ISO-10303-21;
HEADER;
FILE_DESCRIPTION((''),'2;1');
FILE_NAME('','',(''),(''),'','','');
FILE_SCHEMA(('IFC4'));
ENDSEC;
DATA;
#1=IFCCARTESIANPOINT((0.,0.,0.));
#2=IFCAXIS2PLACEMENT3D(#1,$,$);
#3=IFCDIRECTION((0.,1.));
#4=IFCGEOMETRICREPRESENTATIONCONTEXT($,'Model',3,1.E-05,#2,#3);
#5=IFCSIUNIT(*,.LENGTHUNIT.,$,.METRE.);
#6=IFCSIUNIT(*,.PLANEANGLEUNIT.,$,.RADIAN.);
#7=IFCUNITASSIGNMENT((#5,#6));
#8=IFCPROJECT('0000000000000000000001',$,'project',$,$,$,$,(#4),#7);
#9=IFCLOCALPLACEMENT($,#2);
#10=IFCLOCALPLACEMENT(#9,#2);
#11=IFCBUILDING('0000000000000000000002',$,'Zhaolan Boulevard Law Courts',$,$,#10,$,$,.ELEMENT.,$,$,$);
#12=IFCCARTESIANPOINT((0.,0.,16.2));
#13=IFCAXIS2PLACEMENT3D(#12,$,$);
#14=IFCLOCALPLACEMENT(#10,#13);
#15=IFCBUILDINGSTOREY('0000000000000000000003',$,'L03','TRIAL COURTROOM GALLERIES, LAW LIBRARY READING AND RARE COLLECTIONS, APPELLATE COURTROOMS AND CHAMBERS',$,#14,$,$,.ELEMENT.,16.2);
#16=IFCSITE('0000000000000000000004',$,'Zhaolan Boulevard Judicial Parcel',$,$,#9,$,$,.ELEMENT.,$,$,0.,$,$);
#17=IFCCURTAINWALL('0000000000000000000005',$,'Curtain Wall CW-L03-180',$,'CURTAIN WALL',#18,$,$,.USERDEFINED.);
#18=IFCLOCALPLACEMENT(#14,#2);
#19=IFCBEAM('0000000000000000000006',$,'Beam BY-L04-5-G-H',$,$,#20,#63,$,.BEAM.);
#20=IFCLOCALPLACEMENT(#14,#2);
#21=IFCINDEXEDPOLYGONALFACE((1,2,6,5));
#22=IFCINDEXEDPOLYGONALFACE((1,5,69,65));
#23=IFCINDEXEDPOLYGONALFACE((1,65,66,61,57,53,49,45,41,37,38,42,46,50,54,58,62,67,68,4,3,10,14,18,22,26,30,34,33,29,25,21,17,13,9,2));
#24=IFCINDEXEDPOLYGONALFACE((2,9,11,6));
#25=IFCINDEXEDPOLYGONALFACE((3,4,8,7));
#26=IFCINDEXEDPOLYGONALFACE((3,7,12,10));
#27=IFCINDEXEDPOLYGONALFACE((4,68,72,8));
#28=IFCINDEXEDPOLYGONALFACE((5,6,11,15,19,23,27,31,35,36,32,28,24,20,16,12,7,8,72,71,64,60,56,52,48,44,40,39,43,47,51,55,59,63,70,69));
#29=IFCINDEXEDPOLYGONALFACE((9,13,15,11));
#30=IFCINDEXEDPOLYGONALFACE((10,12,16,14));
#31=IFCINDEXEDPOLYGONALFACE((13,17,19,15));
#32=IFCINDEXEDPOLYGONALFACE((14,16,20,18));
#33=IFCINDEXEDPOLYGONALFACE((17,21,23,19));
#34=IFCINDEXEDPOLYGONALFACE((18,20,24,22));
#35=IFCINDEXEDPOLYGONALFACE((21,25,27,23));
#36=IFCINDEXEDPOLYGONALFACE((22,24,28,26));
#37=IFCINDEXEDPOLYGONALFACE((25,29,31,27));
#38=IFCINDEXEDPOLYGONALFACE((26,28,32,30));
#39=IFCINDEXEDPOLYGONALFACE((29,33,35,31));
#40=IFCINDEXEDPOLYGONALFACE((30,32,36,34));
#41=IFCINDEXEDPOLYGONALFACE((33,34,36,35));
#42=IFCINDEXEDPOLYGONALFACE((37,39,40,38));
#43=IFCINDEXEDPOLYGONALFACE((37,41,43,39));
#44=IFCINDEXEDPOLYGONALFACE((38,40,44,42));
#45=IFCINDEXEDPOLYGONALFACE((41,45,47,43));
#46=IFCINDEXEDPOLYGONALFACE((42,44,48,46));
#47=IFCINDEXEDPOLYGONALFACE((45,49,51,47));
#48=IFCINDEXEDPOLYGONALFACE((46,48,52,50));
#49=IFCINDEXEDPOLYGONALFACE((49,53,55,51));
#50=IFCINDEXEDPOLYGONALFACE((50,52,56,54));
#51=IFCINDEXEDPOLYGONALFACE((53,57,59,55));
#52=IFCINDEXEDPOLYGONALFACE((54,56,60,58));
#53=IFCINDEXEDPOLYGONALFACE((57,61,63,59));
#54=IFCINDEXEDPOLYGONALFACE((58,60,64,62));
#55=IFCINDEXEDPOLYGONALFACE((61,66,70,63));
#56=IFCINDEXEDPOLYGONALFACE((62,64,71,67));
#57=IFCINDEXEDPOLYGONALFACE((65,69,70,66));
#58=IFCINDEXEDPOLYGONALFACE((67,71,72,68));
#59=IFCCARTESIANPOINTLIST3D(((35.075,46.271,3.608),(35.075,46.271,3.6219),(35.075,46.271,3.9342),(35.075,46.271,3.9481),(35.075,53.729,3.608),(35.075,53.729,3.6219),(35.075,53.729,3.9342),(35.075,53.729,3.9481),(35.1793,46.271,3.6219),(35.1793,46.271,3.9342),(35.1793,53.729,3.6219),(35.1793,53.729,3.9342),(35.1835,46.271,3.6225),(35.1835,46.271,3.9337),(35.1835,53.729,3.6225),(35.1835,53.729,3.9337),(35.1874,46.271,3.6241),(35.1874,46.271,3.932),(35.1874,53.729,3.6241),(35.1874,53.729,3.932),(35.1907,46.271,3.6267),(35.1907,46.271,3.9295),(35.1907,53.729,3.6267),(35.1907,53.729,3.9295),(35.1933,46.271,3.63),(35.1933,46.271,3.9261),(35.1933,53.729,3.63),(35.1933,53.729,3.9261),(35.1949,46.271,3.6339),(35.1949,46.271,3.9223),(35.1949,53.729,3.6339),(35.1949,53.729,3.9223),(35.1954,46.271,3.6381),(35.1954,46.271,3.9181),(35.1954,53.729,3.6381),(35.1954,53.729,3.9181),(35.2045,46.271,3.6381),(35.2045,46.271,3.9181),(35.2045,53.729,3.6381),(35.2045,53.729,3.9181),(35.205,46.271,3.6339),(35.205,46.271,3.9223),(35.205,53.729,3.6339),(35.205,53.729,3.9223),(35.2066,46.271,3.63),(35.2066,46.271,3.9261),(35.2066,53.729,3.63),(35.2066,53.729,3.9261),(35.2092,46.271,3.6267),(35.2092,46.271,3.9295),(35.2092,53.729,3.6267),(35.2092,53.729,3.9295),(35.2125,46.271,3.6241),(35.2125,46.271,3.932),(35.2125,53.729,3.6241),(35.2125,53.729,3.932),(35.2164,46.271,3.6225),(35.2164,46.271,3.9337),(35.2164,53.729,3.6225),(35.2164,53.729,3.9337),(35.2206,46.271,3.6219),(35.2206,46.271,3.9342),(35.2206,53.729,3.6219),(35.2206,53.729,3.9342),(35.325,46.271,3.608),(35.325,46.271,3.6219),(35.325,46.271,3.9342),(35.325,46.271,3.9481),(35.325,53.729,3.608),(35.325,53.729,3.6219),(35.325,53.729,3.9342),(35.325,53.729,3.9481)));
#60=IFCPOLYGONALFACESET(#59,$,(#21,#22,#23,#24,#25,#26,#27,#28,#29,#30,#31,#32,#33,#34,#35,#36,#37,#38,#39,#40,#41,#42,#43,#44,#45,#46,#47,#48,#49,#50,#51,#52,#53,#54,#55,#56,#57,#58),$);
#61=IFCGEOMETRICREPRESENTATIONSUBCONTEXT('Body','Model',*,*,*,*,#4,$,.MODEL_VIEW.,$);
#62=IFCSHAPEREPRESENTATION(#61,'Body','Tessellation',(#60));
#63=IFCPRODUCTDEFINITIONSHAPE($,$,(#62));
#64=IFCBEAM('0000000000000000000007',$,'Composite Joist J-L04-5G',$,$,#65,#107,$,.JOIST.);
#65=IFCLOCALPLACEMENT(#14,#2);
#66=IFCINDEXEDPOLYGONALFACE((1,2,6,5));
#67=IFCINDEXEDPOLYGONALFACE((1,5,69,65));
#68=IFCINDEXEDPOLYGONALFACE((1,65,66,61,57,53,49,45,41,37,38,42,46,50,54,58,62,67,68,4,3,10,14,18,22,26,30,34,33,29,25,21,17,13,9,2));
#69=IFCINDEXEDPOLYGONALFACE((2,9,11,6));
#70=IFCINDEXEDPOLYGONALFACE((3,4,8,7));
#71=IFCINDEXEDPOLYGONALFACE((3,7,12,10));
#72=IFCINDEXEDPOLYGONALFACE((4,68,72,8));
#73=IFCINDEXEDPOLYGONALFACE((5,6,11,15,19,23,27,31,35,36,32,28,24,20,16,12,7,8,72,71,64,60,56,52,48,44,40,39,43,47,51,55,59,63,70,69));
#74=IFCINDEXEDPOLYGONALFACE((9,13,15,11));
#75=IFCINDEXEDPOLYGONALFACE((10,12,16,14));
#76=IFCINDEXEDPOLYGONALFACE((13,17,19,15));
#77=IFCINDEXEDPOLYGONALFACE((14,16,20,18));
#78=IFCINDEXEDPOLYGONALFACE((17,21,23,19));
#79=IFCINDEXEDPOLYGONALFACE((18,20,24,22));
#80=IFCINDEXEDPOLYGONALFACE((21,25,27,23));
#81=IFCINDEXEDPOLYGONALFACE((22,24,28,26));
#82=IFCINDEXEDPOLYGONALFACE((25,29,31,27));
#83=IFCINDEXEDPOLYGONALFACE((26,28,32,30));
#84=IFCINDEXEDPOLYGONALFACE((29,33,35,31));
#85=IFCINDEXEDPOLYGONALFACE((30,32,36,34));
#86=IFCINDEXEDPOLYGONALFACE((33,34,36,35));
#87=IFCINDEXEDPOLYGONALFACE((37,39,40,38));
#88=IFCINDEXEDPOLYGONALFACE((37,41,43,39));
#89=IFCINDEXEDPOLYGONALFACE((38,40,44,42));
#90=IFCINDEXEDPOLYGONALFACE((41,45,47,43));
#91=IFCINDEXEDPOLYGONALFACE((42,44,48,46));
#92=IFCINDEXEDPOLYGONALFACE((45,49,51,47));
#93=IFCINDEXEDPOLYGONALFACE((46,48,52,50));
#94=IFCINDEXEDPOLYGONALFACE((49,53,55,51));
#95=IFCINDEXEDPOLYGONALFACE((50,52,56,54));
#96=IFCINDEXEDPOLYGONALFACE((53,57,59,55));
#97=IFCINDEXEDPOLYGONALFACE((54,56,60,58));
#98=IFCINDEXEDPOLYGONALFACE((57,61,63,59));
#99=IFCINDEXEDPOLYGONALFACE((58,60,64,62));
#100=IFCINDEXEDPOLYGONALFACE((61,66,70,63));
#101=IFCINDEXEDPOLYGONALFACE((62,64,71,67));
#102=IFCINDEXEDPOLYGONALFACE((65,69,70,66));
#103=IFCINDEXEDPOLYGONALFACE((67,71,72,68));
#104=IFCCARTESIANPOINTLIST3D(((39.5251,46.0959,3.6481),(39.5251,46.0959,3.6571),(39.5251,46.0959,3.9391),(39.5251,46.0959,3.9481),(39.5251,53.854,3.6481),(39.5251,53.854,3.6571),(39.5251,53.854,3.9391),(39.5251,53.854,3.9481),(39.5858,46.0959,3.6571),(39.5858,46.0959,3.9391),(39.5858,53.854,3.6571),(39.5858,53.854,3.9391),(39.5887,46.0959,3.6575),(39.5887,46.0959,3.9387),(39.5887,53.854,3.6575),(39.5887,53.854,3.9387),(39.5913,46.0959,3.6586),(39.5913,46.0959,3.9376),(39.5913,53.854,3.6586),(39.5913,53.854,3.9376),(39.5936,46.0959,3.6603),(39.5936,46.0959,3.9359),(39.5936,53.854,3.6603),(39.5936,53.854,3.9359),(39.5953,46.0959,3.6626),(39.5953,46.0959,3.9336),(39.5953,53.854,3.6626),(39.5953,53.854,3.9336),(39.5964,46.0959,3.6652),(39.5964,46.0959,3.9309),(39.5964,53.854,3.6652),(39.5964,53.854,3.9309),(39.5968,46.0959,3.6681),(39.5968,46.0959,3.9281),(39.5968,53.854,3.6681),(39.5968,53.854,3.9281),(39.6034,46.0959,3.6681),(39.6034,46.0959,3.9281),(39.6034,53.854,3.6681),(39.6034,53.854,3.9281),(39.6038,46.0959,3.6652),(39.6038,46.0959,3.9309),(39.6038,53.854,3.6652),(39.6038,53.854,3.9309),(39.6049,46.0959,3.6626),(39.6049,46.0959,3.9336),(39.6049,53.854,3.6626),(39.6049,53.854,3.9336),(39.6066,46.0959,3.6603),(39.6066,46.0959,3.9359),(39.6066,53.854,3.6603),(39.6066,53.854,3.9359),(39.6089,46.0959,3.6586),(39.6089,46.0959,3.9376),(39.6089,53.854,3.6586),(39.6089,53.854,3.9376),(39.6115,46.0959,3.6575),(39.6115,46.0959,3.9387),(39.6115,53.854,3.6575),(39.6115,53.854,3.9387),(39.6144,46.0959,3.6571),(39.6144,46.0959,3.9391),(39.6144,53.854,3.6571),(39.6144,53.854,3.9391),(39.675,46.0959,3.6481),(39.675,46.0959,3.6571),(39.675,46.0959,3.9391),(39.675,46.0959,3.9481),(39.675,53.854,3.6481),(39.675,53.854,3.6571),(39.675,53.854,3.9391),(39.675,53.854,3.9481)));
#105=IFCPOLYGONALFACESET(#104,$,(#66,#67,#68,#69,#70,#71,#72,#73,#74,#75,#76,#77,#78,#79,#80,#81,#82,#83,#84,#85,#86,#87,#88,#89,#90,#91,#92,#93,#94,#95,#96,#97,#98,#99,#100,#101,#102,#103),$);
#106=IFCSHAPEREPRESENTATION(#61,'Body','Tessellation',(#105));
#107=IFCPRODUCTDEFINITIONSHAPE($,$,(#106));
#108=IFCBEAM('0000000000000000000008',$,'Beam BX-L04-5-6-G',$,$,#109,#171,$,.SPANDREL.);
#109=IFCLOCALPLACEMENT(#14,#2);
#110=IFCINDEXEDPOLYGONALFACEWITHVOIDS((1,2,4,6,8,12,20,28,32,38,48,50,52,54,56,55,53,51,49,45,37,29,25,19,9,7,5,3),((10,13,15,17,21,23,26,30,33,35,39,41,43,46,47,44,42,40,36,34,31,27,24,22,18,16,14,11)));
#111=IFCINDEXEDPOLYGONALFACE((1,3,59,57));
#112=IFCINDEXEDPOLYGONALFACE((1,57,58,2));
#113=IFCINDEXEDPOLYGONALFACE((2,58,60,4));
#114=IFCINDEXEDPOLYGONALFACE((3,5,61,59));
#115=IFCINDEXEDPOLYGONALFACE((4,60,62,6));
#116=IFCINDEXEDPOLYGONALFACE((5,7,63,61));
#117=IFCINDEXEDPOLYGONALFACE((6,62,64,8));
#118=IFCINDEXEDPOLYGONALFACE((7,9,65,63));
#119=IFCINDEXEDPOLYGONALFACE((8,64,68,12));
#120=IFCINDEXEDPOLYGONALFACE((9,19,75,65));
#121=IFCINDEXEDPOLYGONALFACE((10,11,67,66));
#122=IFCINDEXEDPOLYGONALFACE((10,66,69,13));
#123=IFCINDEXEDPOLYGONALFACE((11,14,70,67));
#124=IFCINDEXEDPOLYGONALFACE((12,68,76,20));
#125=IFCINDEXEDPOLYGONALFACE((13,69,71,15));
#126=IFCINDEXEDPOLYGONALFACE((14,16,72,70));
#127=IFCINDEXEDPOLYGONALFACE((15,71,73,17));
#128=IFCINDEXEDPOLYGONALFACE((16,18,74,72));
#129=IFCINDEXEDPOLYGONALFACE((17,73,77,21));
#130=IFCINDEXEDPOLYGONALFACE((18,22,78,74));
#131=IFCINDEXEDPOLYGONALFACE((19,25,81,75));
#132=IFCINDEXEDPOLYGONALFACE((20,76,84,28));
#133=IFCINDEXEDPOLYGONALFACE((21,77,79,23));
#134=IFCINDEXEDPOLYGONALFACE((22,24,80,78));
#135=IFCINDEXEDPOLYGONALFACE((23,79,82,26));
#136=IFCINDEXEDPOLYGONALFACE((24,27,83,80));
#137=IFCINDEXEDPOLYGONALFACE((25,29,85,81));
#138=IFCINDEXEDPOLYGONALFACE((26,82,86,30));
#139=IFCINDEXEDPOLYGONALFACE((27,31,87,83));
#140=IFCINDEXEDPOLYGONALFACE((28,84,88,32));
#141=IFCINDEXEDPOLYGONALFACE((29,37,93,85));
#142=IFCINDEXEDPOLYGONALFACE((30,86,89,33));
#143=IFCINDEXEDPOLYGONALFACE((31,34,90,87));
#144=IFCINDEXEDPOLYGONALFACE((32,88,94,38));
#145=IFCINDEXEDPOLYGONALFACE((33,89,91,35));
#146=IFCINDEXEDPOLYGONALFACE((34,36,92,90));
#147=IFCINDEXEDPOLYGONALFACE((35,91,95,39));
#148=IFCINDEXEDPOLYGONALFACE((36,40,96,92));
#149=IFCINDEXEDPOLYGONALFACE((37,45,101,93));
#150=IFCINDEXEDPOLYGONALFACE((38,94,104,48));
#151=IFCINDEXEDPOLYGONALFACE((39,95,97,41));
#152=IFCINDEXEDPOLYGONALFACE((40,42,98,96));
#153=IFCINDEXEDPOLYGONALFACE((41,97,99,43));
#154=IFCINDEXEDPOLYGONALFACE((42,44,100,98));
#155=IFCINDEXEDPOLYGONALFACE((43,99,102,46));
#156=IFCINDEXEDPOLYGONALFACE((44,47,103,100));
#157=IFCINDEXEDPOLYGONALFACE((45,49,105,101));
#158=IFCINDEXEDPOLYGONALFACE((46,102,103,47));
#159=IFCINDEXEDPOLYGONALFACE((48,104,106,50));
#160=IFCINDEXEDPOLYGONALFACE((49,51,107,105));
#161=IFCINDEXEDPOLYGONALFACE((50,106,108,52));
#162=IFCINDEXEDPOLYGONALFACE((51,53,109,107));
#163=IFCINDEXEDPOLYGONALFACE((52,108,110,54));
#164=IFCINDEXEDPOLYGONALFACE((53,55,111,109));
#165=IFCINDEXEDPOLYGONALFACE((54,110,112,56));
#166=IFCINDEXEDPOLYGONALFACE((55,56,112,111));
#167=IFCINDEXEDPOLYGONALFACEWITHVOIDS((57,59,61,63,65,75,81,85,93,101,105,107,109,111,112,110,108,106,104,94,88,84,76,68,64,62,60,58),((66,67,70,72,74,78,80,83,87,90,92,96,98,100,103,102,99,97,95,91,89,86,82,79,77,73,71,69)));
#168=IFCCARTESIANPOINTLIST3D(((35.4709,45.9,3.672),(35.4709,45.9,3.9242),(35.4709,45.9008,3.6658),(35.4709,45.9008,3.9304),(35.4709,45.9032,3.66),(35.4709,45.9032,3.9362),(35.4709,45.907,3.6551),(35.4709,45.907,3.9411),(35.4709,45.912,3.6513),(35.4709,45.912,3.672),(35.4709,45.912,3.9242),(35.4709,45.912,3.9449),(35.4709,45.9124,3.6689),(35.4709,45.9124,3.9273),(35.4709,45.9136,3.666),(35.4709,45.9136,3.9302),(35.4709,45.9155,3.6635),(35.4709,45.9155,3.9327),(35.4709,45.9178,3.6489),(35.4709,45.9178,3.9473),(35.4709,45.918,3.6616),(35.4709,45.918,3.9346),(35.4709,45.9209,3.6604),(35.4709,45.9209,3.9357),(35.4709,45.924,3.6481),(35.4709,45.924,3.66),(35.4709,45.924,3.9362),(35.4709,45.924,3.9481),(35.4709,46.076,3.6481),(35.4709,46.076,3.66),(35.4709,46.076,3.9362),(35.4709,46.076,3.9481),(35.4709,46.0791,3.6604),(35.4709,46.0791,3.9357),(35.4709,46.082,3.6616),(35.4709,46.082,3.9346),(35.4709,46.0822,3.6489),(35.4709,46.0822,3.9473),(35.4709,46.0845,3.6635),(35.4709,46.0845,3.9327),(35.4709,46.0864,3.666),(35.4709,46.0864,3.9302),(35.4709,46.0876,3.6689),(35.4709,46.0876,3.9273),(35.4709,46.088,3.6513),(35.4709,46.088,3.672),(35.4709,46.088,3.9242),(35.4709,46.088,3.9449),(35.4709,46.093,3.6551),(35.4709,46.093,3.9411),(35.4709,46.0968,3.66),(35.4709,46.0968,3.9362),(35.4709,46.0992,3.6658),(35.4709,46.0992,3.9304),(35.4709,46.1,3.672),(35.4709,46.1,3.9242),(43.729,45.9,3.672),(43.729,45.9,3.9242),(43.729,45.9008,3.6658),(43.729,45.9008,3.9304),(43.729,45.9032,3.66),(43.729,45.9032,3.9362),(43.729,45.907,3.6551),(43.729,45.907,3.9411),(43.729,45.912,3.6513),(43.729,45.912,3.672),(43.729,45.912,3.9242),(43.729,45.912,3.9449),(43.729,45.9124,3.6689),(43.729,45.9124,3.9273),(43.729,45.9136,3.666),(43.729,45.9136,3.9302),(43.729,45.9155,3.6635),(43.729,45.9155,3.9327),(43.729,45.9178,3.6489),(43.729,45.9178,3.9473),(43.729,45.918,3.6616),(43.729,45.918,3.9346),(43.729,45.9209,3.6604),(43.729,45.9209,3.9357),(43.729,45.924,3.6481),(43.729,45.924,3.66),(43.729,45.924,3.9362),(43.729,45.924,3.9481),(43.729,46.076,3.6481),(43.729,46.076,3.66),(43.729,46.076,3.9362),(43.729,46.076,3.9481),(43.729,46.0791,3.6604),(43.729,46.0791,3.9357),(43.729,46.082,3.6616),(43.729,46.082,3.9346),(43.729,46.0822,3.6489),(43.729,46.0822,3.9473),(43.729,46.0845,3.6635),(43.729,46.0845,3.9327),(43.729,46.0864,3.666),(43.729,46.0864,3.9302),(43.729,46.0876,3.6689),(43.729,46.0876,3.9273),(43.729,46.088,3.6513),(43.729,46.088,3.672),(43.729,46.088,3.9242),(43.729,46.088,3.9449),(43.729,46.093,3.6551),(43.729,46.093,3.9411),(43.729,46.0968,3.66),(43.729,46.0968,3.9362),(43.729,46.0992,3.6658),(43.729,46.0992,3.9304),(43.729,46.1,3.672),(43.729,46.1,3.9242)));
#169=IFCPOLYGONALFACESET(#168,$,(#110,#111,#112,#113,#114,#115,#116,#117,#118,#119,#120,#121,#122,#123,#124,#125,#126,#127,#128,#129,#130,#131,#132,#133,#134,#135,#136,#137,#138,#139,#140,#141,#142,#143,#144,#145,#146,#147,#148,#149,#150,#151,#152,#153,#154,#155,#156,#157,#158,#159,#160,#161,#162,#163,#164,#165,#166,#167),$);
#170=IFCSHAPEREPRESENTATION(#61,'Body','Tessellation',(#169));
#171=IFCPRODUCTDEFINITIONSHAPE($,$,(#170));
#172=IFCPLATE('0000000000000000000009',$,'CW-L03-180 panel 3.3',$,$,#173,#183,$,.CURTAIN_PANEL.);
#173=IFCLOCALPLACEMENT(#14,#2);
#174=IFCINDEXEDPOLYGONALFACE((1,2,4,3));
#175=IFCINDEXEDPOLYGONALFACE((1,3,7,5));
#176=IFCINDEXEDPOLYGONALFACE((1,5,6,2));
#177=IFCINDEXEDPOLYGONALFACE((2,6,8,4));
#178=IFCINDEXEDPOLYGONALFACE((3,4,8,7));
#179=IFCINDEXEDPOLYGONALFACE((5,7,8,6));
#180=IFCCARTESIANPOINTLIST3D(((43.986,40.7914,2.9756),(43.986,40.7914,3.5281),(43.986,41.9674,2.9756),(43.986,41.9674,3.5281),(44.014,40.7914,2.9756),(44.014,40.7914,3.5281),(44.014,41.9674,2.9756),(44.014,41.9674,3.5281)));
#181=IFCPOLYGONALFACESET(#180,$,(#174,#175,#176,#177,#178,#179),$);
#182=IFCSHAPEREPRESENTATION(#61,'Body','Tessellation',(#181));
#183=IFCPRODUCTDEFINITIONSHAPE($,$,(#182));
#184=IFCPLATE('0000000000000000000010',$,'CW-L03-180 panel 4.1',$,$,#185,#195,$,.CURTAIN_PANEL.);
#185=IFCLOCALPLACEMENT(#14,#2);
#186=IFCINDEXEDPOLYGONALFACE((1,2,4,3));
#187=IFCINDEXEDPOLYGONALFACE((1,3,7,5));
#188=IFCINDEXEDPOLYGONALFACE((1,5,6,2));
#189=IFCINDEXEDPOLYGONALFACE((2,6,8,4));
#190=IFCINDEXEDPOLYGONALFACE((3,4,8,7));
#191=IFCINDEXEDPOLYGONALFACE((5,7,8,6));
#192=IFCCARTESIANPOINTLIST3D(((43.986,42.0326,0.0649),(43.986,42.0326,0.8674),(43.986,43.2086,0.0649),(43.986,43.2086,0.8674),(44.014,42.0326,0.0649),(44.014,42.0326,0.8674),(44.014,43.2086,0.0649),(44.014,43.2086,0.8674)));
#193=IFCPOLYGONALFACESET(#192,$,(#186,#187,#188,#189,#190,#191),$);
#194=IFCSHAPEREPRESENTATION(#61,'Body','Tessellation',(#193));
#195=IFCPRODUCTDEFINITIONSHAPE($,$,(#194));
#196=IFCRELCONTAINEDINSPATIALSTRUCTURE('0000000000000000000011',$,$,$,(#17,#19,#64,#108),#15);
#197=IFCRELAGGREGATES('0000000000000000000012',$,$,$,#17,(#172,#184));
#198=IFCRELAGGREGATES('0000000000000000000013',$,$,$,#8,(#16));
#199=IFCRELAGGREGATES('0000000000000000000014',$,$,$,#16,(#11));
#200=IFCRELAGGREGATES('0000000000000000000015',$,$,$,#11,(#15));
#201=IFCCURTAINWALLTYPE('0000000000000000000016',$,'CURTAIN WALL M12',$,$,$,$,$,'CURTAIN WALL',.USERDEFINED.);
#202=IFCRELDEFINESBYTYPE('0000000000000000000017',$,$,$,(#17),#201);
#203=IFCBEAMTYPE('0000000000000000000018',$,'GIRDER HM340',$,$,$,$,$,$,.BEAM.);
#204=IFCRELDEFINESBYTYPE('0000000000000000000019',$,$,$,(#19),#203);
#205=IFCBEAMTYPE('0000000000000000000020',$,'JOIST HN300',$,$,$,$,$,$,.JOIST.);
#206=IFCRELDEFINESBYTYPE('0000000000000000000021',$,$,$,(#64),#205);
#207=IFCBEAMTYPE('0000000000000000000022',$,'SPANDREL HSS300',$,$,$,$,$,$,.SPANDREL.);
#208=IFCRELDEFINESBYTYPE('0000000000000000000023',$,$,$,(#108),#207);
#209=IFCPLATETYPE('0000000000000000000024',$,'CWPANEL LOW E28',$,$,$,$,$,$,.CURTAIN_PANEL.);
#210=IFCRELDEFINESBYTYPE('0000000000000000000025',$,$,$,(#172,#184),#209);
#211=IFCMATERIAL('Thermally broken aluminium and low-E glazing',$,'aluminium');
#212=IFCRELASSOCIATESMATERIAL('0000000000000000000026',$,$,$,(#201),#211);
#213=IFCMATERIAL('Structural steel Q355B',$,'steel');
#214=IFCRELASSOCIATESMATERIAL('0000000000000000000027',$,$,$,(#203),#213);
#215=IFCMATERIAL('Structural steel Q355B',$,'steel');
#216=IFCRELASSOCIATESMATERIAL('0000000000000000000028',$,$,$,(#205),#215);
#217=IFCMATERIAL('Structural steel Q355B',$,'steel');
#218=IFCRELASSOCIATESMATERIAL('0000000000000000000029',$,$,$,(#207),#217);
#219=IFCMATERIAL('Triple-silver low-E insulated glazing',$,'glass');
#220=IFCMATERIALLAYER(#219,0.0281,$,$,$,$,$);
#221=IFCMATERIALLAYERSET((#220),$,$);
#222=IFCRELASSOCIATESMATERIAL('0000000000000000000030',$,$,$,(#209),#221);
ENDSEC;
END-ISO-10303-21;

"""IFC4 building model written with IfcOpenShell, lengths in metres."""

from ifc_helpers import new_model, si_unit, direction, frame, origin, origin_2d, place, context, subcontext, project, spatial, rectangle, hollow_rectangle, i_section, extrude, material, layer, layer_set, material_profile, profile_set, type_object, element, aggregate, save


model = new_model("IFC4")

# Units and contexts
model_context = context("Model", 3, precision=1e-05, world=origin(), true_north=direction((0.0, 1.0)))
body_context = subcontext(model_context, "Body", "Model", "MODEL_VIEW")
ifc_project = project(units=[si_unit("LENGTHUNIT", "METRE"), si_unit("PLANEANGLEUNIT", "RADIAN")], contexts=[model_context])

# Site, building, storey
site_placement = place(None, origin())
site = spatial("IfcSite", under=ifc_project, at=site_placement, Name="Zhaolan Boulevard Judicial Parcel", CompositionType="ELEMENT", RefElevation=0.0)
building_placement = place(site_placement, origin())
building = spatial("IfcBuilding", under=site, at=building_placement, Name="Zhaolan Boulevard Law Courts", CompositionType="ELEMENT")
storey_placement = place(building_placement, frame((0.0, 0.0, 16.2)))
storey = spatial("IfcBuildingStorey", under=building, at=storey_placement, Name="L03", Description="TRIAL COURTROOM GALLERIES, LAW LIBRARY READING AND RARE COLLECTIONS, APPELLATE COURTROOMS AND CHAMBERS", CompositionType="ELEMENT", Elevation=16.2)

# Curtain wall
ifc_material_1 = material(Name="Thermally broken aluminium and low-E glazing", Category="aluminium")
curtain_wall_type = type_object("IfcCurtainWallType", Name="CURTAIN WALL M12", ElementType="CURTAIN WALL", PredefinedType="USERDEFINED", material=ifc_material_1)
curtain_wall_placement = place(storey_placement, origin())
curtain_wall = element("IfcCurtainWall", 1, at=curtain_wall_placement, inside=storey, type_object=curtain_wall_type, Name="Curtain Wall CW-L03-180", ObjectType="CURTAIN WALL", PredefinedType="USERDEFINED")

# Beams
ifc_material_2 = material(Name="Structural steel Q355B", Category="steel")
ifc_material_profile_1 = material_profile(ifc_material_2, i_section(OverallWidth=0.25, OverallDepth=0.3401, WebThickness=0.009, FlangeThickness=0.0139, FilletRadius=0.0161, at=origin_2d()), Name="HM340x250")
ifc_profile_set_1 = profile_set([ifc_material_profile_1], Name="Structural steel Q355B")
beam_type_1 = type_object("IfcBeamType", Name="GIRDER HM340", PredefinedType="BEAM", material=ifc_profile_set_1)
beam_1_placement = place(storey_placement, frame((35.2, 46.271, 3.7781), z_axis=(0.0, 1.0, 0.0), x_axis=(-1.0, 0.0, 0.0)))
element("IfcBeam", 2, at=beam_1_placement, inside=storey, type_object=beam_type_1, Name="Beam BY-L04-5-G-H", PredefinedType="BEAM", context=body_context, shape_type="SweptSolid", body=[
    extrude(i_section(OverallWidth=0.25, OverallDepth=0.3401, WebThickness=0.009, FlangeThickness=0.0139, FilletRadius=0.0161, at=origin_2d()), origin(), (0.0, 0.0, 1.0), 7.458),
])
ifc_material_3 = material(Name="Structural steel Q355B", Category="steel")
ifc_material_profile_2 = material_profile(ifc_material_3, i_section(OverallWidth=0.1499, OverallDepth=0.3, WebThickness=0.0066, FlangeThickness=0.009, FilletRadius=0.011, at=origin_2d()), Name="HN300x150")
ifc_profile_set_2 = profile_set([ifc_material_profile_2], Name="Structural steel Q355B")
beam_type_2 = type_object("IfcBeamType", Name="JOIST HN300", PredefinedType="JOIST", material=ifc_profile_set_2)
beam_2_placement = place(storey_placement, frame((39.6001, 46.0959, 3.7981), z_axis=(0.0, 1.0, 0.0), x_axis=(-1.0, 0.0, 0.0)))
element("IfcBeam", 3, at=beam_2_placement, inside=storey, type_object=beam_type_2, Name="Composite Joist J-L04-5G", PredefinedType="JOIST", context=body_context, shape_type="SweptSolid", body=[
    extrude(i_section(OverallWidth=0.1499, OverallDepth=0.3, WebThickness=0.0066, FlangeThickness=0.009, FilletRadius=0.011, at=origin_2d()), origin(), (0.0, 0.0, 1.0), 7.7581),
])
ifc_material_4 = material(Name="Structural steel Q355B", Category="steel")
ifc_material_profile_3 = material_profile(ifc_material_4, hollow_rectangle(XDim=0.2, YDim=0.3, WallThickness=0.012, InnerFilletRadius=0.012, OuterFilletRadius=0.0239, at=origin_2d()), Name="HSS300x200x12")
ifc_profile_set_3 = profile_set([ifc_material_profile_3], Name="Structural steel Q355B")
beam_type_3 = type_object("IfcBeamType", Name="SPANDREL HSS300", PredefinedType="SPANDREL", material=ifc_profile_set_3)
beam_3_placement = place(storey_placement, frame((35.4709, 46.0, 3.7981), z_axis=(1.0, 0.0, 0.0), x_axis=(0.0, 1.0, 0.0)))
element("IfcBeam", 4, at=beam_3_placement, inside=storey, type_object=beam_type_3, Name="Beam BX-L04-5-6-G", PredefinedType="SPANDREL", context=body_context, shape_type="SweptSolid", body=[
    extrude(hollow_rectangle(XDim=0.2, YDim=0.3, WallThickness=0.012, InnerFilletRadius=0.012, OuterFilletRadius=0.0239, at=origin_2d()), origin(), (0.0, 0.0, 1.0), 8.2581),
])

# Plates
ifc_material_5 = material(Name="Triple-silver low-E insulated glazing", Category="glass")
ifc_layer_1 = layer(ifc_material_5, 0.0281)
ifc_layer_set_1 = layer_set([ifc_layer_1])
plate_type_1 = type_object("IfcPlateType", Name="CWPANEL LOW E28", PredefinedType="CURTAIN_PANEL", material=ifc_layer_set_1)
plate_1_placement = place(storey_placement, frame((44.0, 41.3794, 2.9756), z_axis=(0.0, 0.0, 1.0), x_axis=(0.0, 1.0, 0.0)))
plate_1 = element("IfcPlate", 5, at=plate_1_placement, type_object=plate_type_1, Name="CW-L03-180 panel 3.3", PredefinedType="CURTAIN_PANEL", context=body_context, shape_type="SweptSolid", body=[
    extrude(rectangle(XDim=1.176, YDim=0.0281, at=origin_2d()), origin(), (0.0, 0.0, 1.0), 0.5525),
])
plate_2_placement = place(storey_placement, frame((44.0, 42.6206, 0.0649), z_axis=(0.0, 0.0, 1.0), x_axis=(0.0, 1.0, 0.0)))
plate_2 = element("IfcPlate", 6, at=plate_2_placement, type_object=plate_type_1, Name="CW-L03-180 panel 4.1", PredefinedType="CURTAIN_PANEL", context=body_context, shape_type="SweptSolid", body=[
    extrude(rectangle(XDim=1.176, YDim=0.0281, at=origin_2d()), origin(), (0.0, 0.0, 1.0), 0.8025),
])
aggregate(curtain_wall, [plate_1, plate_2])

save(model, "model.ifc")
